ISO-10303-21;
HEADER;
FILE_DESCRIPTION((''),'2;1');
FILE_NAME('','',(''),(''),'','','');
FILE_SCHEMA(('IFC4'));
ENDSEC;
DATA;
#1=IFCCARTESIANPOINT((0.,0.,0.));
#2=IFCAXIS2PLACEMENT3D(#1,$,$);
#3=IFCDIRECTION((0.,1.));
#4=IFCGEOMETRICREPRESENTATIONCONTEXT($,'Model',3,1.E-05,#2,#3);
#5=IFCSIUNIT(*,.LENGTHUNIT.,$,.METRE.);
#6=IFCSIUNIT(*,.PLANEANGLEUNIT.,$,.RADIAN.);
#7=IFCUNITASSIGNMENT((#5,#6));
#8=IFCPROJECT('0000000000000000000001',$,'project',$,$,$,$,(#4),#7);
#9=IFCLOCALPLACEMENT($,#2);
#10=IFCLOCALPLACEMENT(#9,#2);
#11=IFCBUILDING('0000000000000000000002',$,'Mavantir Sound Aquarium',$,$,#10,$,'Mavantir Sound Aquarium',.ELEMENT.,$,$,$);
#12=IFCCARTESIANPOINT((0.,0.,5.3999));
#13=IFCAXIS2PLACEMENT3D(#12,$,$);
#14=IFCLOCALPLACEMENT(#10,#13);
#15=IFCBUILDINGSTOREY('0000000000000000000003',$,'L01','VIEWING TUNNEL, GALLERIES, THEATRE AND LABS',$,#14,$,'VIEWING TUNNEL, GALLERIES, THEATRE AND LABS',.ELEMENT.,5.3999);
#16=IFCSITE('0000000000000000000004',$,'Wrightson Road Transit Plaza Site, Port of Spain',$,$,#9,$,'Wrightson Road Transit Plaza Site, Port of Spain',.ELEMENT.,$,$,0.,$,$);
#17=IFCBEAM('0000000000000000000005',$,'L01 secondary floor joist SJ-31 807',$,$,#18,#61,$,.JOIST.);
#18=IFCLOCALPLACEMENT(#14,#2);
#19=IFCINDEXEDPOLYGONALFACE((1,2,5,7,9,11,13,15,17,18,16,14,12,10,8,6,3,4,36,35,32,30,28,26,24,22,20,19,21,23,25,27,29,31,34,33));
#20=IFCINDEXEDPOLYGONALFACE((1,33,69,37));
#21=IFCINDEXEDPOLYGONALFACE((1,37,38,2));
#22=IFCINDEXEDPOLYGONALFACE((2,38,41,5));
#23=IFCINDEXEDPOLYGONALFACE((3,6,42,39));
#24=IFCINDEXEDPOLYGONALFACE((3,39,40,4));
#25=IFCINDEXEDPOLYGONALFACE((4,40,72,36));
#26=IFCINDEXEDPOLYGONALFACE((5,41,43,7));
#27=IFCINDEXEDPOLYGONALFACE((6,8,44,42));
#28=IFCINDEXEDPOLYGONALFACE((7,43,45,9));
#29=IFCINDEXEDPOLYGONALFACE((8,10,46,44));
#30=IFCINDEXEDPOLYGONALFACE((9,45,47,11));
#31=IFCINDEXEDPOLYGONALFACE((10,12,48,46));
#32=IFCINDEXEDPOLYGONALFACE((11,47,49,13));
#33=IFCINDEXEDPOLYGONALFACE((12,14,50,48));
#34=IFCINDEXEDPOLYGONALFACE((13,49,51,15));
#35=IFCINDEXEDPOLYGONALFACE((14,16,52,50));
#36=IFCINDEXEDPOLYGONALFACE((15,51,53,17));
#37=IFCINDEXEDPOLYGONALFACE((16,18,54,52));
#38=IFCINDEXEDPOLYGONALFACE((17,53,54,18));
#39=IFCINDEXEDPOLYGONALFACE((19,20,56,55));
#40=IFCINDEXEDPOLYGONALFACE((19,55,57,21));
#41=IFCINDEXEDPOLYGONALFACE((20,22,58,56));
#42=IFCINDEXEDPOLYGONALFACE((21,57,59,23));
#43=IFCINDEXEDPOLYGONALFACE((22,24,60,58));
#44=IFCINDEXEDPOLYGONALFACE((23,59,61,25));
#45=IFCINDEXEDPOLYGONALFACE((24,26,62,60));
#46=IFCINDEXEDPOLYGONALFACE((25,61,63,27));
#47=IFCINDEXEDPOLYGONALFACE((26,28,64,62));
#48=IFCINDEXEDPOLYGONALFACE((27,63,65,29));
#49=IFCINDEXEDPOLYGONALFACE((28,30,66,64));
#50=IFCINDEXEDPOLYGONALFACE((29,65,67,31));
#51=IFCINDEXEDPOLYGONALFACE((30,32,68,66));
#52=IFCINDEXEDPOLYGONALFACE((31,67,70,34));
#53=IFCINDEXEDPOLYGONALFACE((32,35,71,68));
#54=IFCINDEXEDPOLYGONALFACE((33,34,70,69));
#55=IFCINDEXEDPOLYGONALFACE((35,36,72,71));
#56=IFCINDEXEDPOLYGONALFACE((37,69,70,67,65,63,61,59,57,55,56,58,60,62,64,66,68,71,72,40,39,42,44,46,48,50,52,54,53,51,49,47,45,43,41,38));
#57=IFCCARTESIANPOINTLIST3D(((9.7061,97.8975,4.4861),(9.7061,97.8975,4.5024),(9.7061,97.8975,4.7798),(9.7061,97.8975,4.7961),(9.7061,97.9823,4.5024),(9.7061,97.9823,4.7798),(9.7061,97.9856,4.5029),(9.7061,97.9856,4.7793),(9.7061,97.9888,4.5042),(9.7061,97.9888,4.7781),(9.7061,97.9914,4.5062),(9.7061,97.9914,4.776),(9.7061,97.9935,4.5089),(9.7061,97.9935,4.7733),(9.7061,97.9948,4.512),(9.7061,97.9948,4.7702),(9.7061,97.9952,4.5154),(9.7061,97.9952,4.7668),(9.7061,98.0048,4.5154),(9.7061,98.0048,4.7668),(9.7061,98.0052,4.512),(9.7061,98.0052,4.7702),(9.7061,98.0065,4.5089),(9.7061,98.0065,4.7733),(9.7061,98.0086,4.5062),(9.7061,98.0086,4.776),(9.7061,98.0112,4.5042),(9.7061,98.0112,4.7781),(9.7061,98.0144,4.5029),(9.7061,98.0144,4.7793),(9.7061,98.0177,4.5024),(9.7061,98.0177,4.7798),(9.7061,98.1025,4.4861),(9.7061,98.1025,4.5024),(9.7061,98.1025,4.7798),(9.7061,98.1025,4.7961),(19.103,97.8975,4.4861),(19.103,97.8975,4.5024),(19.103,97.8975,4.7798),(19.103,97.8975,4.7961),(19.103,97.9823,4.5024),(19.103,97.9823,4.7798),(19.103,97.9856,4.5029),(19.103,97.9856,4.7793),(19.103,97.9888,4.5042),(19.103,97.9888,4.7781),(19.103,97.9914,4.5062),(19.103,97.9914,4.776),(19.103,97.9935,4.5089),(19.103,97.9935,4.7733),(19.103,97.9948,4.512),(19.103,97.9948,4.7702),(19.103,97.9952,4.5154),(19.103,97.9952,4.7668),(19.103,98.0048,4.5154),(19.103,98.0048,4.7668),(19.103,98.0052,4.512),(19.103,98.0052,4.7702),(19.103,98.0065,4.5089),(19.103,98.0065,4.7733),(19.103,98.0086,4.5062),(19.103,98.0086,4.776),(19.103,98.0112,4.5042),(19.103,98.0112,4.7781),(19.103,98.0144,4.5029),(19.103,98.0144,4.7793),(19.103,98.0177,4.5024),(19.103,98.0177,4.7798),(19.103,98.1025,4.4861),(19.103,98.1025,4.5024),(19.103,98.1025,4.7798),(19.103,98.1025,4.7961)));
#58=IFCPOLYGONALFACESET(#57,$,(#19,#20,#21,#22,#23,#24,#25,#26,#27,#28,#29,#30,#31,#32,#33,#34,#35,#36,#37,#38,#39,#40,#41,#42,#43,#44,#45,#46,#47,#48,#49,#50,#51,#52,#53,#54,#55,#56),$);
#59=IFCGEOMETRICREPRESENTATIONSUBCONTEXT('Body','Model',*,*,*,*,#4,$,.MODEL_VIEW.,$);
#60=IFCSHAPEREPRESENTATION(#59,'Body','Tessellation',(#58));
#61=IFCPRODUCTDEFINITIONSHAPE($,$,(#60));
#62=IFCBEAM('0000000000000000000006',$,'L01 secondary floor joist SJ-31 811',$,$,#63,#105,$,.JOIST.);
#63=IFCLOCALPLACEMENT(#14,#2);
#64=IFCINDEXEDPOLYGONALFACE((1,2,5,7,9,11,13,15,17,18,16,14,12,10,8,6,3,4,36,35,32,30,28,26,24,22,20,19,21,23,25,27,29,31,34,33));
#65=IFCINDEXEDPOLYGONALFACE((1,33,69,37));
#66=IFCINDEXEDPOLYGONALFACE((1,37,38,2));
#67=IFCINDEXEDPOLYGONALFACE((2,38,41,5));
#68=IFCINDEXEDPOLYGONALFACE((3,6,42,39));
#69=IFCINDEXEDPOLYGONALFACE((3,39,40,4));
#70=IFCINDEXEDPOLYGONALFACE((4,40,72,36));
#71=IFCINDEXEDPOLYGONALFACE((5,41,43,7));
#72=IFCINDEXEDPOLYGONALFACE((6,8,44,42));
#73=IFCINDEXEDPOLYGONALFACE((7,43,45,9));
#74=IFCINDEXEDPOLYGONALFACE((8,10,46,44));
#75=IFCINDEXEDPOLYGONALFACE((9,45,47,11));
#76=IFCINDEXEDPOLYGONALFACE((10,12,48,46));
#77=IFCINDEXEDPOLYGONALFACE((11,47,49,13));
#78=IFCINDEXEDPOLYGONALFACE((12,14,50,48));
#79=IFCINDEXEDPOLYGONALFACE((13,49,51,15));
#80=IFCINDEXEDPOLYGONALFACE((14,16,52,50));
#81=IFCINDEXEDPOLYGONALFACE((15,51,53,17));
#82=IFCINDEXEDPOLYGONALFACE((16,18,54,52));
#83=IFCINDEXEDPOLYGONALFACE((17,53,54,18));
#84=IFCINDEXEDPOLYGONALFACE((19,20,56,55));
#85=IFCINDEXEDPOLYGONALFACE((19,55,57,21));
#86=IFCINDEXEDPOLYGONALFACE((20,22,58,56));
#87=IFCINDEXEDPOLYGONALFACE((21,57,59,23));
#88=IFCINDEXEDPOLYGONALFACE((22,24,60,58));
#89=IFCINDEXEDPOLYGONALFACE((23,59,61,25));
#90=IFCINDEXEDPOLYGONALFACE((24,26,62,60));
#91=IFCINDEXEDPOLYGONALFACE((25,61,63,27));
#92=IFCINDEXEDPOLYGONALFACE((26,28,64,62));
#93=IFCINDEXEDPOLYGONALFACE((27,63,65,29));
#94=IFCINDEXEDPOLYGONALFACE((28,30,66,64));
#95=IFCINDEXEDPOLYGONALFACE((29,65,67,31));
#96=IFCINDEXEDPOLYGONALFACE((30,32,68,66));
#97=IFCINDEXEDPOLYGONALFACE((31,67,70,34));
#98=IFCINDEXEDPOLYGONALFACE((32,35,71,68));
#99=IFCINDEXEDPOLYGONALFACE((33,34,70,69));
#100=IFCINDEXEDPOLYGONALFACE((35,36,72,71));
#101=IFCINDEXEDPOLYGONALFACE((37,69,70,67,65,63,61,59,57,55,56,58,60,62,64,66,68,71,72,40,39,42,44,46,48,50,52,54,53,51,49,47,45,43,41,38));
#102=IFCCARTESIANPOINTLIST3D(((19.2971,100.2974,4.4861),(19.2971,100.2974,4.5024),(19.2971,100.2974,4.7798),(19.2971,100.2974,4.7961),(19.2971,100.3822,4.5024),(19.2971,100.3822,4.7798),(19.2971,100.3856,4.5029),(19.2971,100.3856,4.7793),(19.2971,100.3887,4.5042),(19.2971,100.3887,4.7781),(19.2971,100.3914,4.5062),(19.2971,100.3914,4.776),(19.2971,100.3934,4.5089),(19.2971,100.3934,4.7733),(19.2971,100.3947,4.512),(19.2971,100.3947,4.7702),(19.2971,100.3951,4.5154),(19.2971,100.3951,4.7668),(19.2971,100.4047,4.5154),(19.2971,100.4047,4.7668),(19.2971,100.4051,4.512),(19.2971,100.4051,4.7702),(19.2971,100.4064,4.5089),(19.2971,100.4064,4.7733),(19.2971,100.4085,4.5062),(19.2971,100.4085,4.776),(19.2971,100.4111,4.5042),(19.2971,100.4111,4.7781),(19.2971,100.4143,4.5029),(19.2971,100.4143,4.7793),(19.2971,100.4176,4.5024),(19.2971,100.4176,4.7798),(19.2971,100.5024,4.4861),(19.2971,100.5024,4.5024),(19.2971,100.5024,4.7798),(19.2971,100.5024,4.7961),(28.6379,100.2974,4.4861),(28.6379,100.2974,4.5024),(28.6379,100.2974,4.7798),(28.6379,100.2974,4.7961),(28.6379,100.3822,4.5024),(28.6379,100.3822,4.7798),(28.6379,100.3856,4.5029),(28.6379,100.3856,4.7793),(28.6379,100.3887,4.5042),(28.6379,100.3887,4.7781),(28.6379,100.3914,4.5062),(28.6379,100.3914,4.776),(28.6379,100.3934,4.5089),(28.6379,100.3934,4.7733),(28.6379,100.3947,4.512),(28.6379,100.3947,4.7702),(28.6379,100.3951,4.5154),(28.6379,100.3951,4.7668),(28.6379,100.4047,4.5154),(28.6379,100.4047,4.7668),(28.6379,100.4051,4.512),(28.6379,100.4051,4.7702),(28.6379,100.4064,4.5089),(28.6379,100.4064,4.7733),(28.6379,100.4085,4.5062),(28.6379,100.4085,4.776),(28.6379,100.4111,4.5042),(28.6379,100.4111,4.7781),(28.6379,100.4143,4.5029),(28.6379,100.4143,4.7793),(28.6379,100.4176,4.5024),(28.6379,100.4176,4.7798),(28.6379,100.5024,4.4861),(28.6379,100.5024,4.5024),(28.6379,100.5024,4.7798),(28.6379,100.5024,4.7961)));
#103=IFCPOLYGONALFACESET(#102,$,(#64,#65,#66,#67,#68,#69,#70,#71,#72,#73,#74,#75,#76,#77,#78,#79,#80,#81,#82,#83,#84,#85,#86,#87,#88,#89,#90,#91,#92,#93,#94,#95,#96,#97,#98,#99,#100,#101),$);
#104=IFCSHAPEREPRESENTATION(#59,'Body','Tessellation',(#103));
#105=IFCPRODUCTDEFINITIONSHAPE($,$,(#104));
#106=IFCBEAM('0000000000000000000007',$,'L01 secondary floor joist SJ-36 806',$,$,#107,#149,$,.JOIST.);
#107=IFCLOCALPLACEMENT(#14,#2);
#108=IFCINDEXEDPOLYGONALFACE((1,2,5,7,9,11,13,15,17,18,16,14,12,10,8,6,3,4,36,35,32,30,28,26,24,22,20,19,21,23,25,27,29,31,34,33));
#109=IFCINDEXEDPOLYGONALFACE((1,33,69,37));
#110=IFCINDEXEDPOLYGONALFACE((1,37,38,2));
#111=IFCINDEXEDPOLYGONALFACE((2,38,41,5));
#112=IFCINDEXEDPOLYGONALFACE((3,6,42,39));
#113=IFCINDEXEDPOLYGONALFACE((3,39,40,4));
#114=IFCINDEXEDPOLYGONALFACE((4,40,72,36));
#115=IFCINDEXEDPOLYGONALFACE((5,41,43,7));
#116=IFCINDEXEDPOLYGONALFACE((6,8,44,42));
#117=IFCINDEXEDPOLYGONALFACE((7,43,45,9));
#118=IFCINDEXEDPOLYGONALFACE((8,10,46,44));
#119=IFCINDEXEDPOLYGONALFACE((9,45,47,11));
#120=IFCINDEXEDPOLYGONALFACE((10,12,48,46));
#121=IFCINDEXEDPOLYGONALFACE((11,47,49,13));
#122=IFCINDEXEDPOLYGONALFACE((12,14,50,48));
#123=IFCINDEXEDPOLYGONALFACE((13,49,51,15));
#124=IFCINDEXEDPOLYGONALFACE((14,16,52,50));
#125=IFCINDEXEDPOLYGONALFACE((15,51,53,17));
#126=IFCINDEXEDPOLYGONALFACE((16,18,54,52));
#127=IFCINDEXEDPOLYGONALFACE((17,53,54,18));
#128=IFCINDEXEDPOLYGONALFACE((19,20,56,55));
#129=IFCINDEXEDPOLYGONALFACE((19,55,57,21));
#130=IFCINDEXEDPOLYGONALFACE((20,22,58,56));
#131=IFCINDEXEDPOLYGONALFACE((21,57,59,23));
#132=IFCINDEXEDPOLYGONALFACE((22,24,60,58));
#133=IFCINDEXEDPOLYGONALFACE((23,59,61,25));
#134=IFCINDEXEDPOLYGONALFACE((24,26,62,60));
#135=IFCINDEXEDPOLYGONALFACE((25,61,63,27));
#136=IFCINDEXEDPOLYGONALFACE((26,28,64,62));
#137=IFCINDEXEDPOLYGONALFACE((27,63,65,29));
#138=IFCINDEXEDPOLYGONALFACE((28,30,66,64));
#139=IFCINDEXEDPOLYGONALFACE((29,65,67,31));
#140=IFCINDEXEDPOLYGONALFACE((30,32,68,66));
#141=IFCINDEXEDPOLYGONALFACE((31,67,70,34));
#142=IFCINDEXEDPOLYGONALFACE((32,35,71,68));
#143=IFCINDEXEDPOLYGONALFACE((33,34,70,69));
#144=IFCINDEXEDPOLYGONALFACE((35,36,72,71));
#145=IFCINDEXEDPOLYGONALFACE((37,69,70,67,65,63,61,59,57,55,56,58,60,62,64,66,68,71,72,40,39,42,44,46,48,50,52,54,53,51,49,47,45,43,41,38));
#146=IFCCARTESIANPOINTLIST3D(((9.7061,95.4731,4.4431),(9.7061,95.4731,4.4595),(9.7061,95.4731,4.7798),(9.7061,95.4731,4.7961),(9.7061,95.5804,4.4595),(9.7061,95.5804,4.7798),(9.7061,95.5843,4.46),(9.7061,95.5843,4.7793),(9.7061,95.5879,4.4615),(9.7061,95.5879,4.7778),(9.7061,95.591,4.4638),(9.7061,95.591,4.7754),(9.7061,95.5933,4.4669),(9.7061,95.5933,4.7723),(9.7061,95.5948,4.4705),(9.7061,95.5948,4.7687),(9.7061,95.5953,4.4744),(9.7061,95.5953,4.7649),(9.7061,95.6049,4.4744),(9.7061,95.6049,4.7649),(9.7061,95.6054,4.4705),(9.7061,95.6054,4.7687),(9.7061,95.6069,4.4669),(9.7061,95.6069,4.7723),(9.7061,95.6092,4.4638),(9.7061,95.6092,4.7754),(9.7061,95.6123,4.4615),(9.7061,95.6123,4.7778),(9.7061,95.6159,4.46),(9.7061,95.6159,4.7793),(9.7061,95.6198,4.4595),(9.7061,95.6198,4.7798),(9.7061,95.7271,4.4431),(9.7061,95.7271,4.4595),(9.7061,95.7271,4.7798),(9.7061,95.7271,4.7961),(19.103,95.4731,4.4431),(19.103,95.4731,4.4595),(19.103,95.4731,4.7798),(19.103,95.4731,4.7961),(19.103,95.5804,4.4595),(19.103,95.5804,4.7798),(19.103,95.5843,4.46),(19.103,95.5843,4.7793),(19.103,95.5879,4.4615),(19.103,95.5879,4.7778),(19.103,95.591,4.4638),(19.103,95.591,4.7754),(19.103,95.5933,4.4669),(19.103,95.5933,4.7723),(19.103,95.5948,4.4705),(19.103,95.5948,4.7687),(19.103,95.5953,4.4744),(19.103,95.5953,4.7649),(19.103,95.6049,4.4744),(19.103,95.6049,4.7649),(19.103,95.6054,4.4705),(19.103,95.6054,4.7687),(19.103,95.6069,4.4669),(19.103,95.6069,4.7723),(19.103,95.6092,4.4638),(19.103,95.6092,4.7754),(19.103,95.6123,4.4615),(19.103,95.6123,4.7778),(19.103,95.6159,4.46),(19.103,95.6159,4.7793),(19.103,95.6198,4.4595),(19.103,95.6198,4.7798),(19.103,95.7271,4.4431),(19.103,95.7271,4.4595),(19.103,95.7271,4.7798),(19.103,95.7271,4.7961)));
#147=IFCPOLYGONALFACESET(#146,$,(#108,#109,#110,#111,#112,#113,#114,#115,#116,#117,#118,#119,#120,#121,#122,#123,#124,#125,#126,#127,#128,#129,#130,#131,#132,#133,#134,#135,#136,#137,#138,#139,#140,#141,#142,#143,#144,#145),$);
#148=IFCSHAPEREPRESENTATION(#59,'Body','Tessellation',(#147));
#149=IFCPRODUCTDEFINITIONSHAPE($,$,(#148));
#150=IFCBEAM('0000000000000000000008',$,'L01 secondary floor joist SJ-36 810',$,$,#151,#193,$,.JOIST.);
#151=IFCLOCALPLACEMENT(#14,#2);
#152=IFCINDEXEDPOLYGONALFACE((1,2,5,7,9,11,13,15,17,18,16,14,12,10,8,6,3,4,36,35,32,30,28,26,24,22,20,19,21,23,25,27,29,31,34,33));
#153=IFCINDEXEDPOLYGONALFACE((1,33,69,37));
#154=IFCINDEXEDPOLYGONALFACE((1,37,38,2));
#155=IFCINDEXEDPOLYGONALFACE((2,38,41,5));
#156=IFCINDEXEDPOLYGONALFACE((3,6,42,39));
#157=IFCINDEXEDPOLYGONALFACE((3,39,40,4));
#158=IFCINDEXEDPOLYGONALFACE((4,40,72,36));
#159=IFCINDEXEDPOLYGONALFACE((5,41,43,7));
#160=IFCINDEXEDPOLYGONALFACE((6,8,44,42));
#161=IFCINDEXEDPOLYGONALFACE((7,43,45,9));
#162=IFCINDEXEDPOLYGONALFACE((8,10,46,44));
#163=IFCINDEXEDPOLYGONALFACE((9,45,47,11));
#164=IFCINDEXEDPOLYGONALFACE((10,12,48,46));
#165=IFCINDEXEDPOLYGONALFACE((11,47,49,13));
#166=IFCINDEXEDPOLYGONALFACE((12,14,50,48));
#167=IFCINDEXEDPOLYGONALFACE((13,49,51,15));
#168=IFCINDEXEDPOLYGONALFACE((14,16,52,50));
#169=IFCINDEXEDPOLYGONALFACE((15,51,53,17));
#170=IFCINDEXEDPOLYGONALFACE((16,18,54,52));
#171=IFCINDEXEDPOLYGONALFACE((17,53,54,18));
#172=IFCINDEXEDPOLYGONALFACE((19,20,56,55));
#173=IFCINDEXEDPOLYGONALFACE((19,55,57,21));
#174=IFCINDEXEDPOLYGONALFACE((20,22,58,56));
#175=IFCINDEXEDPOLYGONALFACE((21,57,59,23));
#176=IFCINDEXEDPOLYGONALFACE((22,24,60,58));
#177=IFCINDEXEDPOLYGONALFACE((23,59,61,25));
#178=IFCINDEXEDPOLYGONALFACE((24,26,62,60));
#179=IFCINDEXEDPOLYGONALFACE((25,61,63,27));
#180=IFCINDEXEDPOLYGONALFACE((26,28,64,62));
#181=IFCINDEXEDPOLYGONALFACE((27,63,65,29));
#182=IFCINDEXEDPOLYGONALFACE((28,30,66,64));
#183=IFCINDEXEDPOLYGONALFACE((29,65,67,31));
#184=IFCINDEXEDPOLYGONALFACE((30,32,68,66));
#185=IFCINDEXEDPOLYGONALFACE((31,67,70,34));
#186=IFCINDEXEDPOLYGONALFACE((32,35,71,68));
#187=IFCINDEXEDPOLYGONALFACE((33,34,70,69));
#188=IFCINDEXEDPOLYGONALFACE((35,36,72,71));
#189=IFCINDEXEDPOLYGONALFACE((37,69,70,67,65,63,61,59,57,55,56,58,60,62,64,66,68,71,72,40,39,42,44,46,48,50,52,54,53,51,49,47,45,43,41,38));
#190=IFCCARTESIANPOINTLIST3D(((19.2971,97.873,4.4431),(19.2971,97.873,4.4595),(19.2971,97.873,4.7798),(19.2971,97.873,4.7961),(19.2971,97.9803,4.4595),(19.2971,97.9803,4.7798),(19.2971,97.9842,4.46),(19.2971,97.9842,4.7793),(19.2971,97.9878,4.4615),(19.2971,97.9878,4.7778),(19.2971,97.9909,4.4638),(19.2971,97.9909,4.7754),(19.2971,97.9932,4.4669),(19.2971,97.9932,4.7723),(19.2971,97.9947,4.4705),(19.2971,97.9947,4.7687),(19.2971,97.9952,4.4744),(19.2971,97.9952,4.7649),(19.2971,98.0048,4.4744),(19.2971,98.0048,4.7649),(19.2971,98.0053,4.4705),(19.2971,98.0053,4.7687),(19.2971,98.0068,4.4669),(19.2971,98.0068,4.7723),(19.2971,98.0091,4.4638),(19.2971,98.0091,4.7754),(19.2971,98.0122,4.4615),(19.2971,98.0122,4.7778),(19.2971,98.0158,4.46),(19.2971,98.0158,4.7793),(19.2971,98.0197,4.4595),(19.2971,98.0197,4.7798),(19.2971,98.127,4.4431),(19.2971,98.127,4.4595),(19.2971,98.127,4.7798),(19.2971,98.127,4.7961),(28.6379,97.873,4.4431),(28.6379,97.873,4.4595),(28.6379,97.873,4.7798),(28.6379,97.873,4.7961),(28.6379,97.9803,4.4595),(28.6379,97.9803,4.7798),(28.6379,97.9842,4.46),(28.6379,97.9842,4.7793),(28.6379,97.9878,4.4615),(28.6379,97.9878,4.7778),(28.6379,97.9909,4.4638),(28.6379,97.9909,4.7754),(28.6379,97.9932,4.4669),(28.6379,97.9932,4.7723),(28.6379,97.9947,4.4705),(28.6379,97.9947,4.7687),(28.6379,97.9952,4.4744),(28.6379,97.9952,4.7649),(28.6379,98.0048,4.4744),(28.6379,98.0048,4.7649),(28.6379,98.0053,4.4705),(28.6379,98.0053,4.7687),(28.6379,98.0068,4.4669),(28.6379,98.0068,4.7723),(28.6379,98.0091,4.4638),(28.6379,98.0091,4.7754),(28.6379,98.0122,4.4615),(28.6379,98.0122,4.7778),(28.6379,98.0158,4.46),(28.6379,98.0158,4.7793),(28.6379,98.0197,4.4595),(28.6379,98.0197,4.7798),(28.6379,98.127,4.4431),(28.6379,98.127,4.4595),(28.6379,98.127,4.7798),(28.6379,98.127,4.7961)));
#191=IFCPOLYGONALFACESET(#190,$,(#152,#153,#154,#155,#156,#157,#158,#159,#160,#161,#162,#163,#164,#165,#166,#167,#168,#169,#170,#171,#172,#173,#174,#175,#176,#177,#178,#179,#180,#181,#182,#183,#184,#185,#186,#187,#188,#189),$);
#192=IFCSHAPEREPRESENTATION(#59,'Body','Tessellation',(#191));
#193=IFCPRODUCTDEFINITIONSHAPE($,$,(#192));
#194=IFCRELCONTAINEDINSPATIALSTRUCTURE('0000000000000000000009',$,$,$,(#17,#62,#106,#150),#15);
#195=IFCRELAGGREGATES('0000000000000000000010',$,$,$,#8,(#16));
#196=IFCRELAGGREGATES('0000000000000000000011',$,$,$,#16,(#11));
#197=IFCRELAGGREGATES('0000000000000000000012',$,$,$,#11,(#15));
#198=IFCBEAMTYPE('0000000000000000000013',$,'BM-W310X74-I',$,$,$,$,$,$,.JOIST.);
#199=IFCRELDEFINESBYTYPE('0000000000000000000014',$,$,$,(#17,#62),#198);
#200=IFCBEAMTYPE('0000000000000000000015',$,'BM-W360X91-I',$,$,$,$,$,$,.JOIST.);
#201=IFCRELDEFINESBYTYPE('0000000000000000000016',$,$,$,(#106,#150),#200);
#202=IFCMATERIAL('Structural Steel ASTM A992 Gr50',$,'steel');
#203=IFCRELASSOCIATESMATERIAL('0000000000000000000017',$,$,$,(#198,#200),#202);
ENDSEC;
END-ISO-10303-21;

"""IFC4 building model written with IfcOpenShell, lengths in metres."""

from ifc_helpers import new_model, si_unit, direction, frame, origin, origin_2d, place, context, subcontext, project, spatial, i_section, extrude, material, material_profile, profile_set, type_object, element, save


model = new_model("IFC4")

# Units and contexts
model_context = context("Model", 3, precision=1e-05, world=origin(), true_north=direction((0.0, 1.0)))
body_context = subcontext(model_context, "Body", "Model", "MODEL_VIEW")
ifc_project = project(units=[si_unit("LENGTHUNIT", "METRE"), si_unit("PLANEANGLEUNIT", "RADIAN")], contexts=[model_context])

# Site, building, storey
site_placement = place(None, origin())
site = spatial("IfcSite", under=ifc_project, at=site_placement, Name="Wrightson Road Transit Plaza Site, Port of Spain", LongName="Wrightson Road Transit Plaza Site, Port of Spain", CompositionType="ELEMENT", RefElevation=0.0)
building_placement = place(site_placement, origin())
building = spatial("IfcBuilding", under=site, at=building_placement, Name="Mavantir Sound Aquarium", LongName="Mavantir Sound Aquarium", CompositionType="ELEMENT")
storey_placement = place(building_placement, frame((0.0, 0.0, 5.3999)))
storey = spatial("IfcBuildingStorey", under=building, at=storey_placement, Name="L01", Description="VIEWING TUNNEL, GALLERIES, THEATRE AND LABS", LongName="VIEWING TUNNEL, GALLERIES, THEATRE AND LABS", CompositionType="ELEMENT", Elevation=5.3999)

# Beams
ifc_material_1 = material(Name="Structural Steel ASTM A992 Gr50", Category="steel")
ifc_material_profile_1 = material_profile(ifc_material_1, i_section(OverallWidth=0.2051, OverallDepth=0.3101, WebThickness=0.0095, FlangeThickness=0.0164, FilletRadius=0.0129, at=origin_2d()), Name="W310X74")
ifc_profile_set_1 = profile_set([ifc_material_profile_1], Name="Structural Steel ASTM A992 Gr50")
beam_type_1 = type_object("IfcBeamType", Name="BM-W310X74-I", PredefinedType="JOIST", material=ifc_profile_set_1)
beam_1_placement = place(storey_placement, frame((9.7061, 98.0, 4.6411), z_axis=(1.0, 0.0, 0.0), x_axis=(0.0, 1.0, 0.0)))
element("IfcBeam", 1, at=beam_1_placement, inside=storey, type_object=beam_type_1, Name="L01 secondary floor joist SJ-31 807", PredefinedType="JOIST", context=body_context, shape_type="SweptSolid", body=[
    extrude(i_section(OverallWidth=0.2051, OverallDepth=0.3101, WebThickness=0.0095, FlangeThickness=0.0164, FilletRadius=0.0129, at=origin_2d()), origin(), (0.0, 0.0, 1.0), 9.397),
])
beam_2_placement = place(storey_placement, frame((19.2971, 100.3999, 4.6411), z_axis=(1.0, 0.0, 0.0), x_axis=(0.0, 1.0, 0.0)))
element("IfcBeam", 2, at=beam_2_placement, inside=storey, type_object=beam_type_1, Name="L01 secondary floor joist SJ-31 811", PredefinedType="JOIST", context=body_context, shape_type="SweptSolid", body=[
    extrude(i_section(OverallWidth=0.2051, OverallDepth=0.3101, WebThickness=0.0095, FlangeThickness=0.0164, FilletRadius=0.0129, at=origin_2d()), origin(), (0.0, 0.0, 1.0), 9.3408),
])
ifc_material_profile_2 = material_profile(ifc_material_1, i_section(OverallWidth=0.2539, OverallDepth=0.353, WebThickness=0.0095, FlangeThickness=0.0164, FilletRadius=0.0149, at=origin_2d()), Name="W360X91")
ifc_profile_set_2 = profile_set([ifc_material_profile_2], Name="Structural Steel ASTM A992 Gr50")
beam_type_2 = type_object("IfcBeamType", Name="BM-W360X91-I", PredefinedType="JOIST", material=ifc_profile_set_2)
beam_3_placement = place(storey_placement, frame((9.7061, 95.6001, 4.6196), z_axis=(1.0, 0.0, 0.0), x_axis=(0.0, 1.0, 0.0)))
element("IfcBeam", 3, at=beam_3_placement, inside=storey, type_object=beam_type_2, Name="L01 secondary floor joist SJ-36 806", PredefinedType="JOIST", context=body_context, shape_type="SweptSolid", body=[
    extrude(i_section(OverallWidth=0.2539, OverallDepth=0.353, WebThickness=0.0095, FlangeThickness=0.0164, FilletRadius=0.0149, at=origin_2d()), origin(), (0.0, 0.0, 1.0), 9.397),
])
beam_4_placement = place(storey_placement, frame((19.2971, 98.0, 4.6196), z_axis=(1.0, 0.0, 0.0), x_axis=(0.0, 1.0, 0.0)))
element("IfcBeam", 4, at=beam_4_placement, inside=storey, type_object=beam_type_2, Name="L01 secondary floor joist SJ-36 810", PredefinedType="JOIST", context=body_context, shape_type="SweptSolid", body=[
    extrude(i_section(OverallWidth=0.2539, OverallDepth=0.353, WebThickness=0.0095, FlangeThickness=0.0164, FilletRadius=0.0149, at=origin_2d()), origin(), (0.0, 0.0, 1.0), 9.3408),
])

save(model, "model.ifc")
